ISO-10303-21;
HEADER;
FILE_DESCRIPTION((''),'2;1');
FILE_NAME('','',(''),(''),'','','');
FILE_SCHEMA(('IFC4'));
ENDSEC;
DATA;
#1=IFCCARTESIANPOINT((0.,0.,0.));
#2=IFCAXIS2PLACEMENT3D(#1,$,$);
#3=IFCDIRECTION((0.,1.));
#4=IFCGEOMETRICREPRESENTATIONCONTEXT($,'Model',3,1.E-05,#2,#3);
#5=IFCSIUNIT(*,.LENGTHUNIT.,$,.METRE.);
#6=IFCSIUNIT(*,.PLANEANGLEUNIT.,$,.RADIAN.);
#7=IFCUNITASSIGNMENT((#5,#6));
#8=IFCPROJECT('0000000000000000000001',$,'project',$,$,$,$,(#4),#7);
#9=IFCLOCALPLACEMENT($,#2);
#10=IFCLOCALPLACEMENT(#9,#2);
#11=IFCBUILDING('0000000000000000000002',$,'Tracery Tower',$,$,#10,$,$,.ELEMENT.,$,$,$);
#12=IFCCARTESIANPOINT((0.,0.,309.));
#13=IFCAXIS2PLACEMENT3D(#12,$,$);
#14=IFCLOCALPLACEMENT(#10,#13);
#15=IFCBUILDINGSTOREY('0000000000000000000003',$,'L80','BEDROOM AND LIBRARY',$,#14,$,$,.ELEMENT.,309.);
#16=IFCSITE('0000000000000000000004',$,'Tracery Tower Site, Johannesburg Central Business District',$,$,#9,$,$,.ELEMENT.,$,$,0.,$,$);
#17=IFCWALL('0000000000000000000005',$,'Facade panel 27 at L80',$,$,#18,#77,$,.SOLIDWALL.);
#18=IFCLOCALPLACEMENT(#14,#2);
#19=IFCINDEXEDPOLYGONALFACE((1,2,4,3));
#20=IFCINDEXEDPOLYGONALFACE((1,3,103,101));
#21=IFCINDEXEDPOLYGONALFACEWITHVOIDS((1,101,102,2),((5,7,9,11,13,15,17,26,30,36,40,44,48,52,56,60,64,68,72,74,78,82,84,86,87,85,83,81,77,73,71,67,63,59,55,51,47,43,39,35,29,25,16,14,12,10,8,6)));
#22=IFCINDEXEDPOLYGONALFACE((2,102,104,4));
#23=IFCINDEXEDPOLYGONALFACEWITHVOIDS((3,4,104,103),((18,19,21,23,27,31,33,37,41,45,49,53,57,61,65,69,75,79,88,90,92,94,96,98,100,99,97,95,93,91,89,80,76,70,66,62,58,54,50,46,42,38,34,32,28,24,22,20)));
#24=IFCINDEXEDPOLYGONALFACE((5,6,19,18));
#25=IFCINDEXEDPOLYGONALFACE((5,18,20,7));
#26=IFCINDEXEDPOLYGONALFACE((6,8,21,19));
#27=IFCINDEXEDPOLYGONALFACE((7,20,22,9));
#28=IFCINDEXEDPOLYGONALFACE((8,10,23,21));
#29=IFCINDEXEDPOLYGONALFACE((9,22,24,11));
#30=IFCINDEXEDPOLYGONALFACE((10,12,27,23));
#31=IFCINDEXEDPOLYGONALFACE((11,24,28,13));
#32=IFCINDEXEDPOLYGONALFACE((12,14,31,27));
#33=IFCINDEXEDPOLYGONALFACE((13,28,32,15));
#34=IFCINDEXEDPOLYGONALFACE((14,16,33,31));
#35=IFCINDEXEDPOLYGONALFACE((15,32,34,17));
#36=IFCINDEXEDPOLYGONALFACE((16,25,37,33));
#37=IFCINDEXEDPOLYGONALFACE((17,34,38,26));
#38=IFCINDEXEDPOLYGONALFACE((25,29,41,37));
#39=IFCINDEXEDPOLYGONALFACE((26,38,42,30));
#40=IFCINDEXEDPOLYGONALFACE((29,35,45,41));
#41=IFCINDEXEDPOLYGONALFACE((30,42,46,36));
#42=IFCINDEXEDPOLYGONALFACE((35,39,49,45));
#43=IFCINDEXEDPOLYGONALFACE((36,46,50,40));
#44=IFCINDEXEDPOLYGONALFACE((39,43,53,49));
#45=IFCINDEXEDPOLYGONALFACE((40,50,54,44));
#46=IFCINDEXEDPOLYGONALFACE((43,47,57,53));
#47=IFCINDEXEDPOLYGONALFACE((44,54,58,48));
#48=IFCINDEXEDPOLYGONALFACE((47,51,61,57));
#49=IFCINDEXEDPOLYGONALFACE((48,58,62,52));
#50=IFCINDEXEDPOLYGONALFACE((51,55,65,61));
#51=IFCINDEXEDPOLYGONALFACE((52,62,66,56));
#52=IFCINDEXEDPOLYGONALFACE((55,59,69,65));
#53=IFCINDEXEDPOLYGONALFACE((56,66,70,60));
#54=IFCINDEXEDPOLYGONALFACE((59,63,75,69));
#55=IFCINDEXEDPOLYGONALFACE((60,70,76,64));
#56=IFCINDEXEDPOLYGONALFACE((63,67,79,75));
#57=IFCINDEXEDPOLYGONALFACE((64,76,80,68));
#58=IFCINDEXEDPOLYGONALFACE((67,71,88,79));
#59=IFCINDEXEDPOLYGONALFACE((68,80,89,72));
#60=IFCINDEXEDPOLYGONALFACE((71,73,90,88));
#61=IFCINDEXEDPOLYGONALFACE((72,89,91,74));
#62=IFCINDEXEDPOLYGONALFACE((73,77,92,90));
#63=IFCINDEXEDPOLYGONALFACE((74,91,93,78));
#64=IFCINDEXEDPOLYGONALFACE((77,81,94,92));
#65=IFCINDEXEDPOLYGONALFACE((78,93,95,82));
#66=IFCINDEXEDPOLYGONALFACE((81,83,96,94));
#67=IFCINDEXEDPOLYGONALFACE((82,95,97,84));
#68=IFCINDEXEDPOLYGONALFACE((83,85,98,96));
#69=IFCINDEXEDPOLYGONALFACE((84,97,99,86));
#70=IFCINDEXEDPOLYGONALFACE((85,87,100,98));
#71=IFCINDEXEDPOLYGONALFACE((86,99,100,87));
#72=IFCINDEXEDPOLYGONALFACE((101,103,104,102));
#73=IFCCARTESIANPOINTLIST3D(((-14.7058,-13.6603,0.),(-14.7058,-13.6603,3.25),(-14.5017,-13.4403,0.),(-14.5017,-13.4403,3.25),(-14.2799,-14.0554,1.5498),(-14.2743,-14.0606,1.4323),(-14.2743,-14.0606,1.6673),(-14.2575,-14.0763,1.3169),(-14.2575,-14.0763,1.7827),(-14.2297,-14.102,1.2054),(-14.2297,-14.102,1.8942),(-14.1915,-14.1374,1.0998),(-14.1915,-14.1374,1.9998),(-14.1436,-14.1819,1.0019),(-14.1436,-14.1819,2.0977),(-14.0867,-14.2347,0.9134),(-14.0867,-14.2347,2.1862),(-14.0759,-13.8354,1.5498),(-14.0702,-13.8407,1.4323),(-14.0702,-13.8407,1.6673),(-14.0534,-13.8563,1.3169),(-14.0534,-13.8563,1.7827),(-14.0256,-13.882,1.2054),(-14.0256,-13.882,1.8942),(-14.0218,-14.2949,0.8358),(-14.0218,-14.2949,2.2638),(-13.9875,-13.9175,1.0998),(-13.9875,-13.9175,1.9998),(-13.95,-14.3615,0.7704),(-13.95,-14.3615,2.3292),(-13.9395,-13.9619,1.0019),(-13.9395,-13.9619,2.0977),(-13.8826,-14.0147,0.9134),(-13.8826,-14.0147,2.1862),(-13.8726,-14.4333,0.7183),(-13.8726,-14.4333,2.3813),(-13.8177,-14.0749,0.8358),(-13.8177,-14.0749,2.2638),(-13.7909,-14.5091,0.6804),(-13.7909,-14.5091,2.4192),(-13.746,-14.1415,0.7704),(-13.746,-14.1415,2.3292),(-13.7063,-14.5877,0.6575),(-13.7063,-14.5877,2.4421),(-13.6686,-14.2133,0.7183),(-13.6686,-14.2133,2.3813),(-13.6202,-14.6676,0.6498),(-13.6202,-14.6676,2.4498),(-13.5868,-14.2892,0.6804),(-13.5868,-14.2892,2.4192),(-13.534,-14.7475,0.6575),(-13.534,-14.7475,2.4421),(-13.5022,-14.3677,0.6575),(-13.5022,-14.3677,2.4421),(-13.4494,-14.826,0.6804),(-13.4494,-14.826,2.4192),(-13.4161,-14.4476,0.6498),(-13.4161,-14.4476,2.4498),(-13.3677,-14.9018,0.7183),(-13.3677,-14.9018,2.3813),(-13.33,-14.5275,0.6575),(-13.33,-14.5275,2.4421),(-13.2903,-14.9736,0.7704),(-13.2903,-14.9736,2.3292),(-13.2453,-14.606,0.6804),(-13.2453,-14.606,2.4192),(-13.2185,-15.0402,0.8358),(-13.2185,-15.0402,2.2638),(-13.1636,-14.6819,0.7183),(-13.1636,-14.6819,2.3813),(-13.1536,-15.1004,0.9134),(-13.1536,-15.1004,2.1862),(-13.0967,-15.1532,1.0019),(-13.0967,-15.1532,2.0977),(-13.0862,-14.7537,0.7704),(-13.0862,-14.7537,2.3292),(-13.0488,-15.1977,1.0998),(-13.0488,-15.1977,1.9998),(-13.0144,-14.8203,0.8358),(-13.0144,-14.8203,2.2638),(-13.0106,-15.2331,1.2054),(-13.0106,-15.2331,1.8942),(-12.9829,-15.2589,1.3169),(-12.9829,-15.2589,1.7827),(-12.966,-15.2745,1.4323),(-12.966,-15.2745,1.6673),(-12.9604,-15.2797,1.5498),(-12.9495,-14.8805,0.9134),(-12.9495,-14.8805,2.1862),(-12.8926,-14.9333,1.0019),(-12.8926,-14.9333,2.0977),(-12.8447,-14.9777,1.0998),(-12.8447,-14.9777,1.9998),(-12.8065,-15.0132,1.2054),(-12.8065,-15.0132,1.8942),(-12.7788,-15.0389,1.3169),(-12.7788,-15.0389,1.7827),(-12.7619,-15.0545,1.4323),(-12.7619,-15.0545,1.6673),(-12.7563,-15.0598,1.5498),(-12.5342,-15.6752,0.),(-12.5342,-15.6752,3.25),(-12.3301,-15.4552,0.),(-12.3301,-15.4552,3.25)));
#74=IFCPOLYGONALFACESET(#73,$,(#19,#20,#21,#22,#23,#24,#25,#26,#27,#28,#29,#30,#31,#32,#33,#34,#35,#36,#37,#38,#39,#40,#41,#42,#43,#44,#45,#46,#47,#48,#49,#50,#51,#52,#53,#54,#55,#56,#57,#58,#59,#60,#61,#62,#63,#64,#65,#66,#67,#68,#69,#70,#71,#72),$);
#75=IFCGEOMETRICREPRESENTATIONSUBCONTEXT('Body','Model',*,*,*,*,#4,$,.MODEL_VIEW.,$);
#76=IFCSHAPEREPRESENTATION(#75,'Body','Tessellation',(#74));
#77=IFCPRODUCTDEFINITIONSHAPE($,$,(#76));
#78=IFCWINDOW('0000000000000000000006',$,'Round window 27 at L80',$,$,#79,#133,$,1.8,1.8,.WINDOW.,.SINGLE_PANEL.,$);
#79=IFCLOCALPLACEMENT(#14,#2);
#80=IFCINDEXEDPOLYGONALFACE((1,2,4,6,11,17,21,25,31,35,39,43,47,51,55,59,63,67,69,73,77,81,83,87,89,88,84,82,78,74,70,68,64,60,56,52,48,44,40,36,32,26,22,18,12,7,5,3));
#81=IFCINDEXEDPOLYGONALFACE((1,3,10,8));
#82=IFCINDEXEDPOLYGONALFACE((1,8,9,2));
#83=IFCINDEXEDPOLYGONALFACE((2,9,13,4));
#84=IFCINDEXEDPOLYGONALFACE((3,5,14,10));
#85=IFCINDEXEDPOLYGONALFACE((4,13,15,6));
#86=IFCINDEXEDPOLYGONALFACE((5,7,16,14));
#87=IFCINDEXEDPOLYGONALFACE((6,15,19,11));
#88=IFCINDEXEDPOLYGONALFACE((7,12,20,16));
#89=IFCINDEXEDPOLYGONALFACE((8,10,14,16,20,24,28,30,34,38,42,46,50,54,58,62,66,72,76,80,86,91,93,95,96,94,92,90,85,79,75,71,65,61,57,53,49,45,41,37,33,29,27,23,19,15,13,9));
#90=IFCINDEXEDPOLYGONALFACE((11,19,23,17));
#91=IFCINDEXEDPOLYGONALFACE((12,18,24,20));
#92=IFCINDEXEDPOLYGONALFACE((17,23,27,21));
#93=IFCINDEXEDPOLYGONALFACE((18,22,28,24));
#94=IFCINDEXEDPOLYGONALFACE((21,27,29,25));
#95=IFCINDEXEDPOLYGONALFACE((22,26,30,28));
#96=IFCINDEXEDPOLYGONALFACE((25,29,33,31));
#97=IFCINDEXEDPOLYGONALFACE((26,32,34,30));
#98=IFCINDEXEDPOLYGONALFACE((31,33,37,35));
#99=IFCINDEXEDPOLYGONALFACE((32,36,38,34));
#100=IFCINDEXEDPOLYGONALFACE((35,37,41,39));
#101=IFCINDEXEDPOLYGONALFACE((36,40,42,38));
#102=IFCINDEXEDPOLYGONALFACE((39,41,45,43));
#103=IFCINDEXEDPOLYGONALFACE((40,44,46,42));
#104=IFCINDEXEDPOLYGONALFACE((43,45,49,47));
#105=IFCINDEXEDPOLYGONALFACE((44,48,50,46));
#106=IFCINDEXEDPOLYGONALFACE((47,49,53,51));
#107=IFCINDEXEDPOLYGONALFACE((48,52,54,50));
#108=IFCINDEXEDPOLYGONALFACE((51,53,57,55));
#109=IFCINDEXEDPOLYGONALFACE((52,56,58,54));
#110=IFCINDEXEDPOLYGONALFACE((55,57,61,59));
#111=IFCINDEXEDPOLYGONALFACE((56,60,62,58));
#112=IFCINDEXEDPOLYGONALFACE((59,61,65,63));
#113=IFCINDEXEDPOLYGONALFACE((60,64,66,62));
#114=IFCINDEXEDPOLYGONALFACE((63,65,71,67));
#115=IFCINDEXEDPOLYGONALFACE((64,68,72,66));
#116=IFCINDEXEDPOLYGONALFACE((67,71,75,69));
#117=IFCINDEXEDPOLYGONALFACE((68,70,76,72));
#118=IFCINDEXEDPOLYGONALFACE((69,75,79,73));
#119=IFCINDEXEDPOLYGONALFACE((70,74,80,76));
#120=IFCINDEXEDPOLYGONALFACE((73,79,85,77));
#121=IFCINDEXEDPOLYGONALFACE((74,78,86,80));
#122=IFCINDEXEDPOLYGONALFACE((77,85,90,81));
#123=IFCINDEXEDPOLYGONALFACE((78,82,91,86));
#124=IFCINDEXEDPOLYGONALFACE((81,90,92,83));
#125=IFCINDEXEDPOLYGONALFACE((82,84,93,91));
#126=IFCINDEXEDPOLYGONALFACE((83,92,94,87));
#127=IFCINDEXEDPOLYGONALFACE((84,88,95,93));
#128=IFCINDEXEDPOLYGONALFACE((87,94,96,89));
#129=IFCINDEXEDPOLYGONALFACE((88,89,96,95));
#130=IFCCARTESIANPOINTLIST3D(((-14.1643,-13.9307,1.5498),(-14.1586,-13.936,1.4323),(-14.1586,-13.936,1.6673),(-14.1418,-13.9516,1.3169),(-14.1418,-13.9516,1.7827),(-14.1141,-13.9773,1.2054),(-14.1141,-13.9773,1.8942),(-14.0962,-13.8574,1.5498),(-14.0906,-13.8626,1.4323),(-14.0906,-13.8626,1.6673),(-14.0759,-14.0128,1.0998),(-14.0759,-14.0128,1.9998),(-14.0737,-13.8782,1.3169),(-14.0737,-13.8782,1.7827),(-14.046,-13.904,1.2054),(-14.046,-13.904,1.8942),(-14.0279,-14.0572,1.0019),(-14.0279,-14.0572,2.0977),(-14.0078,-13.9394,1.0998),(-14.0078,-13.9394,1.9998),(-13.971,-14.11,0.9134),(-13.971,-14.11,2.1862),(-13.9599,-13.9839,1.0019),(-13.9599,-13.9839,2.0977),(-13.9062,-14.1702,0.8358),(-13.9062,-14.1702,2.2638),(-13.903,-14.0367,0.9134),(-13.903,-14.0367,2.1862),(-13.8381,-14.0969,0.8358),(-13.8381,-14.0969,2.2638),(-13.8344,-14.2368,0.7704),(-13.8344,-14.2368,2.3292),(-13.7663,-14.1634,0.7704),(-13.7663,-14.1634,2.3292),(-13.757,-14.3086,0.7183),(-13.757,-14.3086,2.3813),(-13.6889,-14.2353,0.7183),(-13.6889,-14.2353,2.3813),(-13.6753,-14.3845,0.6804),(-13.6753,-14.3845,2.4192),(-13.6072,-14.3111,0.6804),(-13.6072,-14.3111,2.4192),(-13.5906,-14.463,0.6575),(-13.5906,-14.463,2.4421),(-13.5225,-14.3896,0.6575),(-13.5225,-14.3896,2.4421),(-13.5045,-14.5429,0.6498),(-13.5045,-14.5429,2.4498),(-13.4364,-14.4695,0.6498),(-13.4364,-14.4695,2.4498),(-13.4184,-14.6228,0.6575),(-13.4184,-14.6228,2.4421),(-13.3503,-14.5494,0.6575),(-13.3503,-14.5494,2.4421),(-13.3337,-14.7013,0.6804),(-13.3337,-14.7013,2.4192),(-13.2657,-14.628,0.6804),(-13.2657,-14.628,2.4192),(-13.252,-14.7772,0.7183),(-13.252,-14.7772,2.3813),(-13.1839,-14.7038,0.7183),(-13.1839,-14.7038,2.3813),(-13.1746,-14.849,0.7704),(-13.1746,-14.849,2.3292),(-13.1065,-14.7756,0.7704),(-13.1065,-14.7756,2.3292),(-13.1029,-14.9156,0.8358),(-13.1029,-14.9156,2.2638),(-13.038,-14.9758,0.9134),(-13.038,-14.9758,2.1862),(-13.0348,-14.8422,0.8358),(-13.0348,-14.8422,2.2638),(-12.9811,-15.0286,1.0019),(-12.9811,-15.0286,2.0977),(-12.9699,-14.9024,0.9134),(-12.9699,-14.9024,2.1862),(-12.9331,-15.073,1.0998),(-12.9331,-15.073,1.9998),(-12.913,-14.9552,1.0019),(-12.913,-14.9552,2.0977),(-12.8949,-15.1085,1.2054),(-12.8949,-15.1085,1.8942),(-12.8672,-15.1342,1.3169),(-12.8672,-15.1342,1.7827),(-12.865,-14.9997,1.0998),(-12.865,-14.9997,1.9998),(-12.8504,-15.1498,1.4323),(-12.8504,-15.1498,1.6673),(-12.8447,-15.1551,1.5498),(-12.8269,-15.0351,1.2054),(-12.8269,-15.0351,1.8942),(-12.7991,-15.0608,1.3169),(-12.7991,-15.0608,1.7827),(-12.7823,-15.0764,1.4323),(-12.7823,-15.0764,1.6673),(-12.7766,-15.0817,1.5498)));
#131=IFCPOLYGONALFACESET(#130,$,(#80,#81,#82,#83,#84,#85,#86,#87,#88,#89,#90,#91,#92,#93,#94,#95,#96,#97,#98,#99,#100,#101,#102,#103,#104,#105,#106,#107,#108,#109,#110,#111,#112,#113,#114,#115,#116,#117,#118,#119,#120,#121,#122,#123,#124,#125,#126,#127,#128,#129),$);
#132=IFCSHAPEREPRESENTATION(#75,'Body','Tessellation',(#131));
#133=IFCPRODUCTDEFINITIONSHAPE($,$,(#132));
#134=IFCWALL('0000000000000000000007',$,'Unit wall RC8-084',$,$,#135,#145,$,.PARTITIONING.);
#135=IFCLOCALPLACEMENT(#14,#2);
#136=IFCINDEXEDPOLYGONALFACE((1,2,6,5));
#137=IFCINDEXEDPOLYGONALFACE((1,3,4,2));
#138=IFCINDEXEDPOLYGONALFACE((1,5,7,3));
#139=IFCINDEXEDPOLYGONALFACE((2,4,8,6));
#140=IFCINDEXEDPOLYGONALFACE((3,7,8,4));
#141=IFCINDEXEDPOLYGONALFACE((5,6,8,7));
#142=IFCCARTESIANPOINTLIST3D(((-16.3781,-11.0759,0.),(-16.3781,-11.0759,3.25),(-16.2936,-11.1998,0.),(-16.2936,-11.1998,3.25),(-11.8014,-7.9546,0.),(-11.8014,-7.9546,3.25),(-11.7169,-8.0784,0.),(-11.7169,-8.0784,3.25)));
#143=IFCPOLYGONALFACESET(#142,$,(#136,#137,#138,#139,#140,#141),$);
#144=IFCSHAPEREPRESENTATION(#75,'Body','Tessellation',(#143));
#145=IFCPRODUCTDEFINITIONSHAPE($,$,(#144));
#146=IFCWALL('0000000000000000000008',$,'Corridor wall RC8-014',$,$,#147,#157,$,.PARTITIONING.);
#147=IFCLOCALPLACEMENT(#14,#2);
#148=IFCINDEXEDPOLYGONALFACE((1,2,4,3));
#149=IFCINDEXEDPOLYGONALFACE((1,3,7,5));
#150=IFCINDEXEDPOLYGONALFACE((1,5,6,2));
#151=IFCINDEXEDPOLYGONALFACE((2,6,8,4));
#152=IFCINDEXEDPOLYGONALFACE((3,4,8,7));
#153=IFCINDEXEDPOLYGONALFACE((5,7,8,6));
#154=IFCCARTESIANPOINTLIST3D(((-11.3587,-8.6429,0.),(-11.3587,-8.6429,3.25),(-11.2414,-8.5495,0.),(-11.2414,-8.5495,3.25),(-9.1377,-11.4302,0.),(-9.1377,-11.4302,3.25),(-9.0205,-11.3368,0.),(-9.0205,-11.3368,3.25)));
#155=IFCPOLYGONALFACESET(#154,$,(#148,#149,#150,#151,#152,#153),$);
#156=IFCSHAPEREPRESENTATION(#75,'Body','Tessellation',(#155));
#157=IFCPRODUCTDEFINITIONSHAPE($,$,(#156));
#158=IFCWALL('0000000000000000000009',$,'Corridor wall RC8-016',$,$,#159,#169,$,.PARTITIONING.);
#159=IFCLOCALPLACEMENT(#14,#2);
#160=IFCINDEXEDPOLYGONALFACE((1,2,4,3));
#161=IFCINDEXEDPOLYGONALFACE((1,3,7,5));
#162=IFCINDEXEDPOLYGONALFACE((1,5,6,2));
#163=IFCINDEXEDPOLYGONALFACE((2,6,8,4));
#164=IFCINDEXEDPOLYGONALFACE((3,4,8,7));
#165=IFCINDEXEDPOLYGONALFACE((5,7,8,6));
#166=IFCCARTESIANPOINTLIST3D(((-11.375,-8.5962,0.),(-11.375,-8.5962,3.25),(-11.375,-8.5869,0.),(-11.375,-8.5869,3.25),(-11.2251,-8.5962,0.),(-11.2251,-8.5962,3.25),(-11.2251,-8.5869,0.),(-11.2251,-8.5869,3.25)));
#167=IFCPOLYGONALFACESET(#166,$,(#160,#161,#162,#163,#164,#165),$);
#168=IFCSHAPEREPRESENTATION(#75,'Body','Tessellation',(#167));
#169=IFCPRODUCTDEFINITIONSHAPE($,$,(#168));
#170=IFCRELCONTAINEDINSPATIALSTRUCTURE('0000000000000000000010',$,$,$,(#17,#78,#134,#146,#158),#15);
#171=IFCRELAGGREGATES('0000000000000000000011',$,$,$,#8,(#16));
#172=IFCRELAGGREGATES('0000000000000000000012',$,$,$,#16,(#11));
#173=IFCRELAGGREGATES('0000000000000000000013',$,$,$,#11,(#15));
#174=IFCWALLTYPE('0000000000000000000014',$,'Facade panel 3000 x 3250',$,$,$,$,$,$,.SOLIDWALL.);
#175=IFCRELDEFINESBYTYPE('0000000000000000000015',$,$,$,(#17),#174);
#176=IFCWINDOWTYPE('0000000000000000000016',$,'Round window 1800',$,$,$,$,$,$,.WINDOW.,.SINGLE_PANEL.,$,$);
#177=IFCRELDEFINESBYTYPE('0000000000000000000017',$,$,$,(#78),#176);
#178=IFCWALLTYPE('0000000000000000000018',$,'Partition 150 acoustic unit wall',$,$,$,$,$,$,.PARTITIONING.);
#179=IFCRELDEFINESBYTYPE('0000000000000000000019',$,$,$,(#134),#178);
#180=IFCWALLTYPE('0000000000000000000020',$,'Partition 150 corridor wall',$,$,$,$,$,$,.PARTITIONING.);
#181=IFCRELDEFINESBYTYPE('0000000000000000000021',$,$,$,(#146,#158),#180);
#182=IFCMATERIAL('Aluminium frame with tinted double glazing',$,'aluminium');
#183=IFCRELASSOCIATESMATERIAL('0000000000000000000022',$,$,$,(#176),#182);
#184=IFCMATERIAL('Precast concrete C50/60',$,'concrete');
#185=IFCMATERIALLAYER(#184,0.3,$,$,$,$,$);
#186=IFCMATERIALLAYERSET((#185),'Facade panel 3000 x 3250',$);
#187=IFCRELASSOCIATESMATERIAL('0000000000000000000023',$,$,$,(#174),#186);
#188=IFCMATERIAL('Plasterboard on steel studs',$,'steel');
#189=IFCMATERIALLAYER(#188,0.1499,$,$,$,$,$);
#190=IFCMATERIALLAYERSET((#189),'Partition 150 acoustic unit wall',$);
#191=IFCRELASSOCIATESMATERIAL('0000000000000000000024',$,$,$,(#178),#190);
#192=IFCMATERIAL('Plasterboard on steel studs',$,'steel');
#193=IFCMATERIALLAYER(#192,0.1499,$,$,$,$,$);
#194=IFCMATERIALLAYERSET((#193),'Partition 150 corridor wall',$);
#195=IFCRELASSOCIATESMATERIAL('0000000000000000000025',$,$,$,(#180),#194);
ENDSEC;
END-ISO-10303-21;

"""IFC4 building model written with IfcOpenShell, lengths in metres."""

from ifc_helpers import new_model, si_unit, direction, frame, frame_2d, origin, origin_2d, place, context, subcontext, project, spatial, rectangle, circle, extrude, material, layer, layer_set, type_object, element, fill, save


model = new_model("IFC4")

# Units and contexts
model_context = context("Model", 3, precision=1e-05, world=origin(), true_north=direction((0.0, 1.0)))
body_context = subcontext(model_context, "Body", "Model", "MODEL_VIEW")
ifc_project = project(units=[si_unit("LENGTHUNIT", "METRE"), si_unit("PLANEANGLEUNIT", "RADIAN")], contexts=[model_context])

# Site, building, storey
site_placement = place(None, origin())
site = spatial("IfcSite", under=ifc_project, at=site_placement, Name="Tracery Tower Site, Johannesburg Central Business District", CompositionType="ELEMENT", RefElevation=0.0)
building_placement = place(site_placement, origin())
building = spatial("IfcBuilding", under=site, at=building_placement, Name="Tracery Tower", CompositionType="ELEMENT")
storey_placement = place(building_placement, frame((0.0, 0.0, 309.0)))
storey = spatial("IfcBuildingStorey", under=building, at=storey_placement, Name="L80", Description="BEDROOM AND LIBRARY", CompositionType="ELEMENT", Elevation=309.0)

# Wall, opening, window
ifc_material_1 = material(Name="Aluminium frame with tinted double glazing", Category="aluminium")
window_type = type_object("IfcWindowType", Name="Round window 1800", PartitioningType="SINGLE_PANEL", PredefinedType="WINDOW", material=ifc_material_1)
ifc_material_2 = material(Name="Precast concrete C50/60", Category="concrete")
ifc_layer_1 = layer(ifc_material_2, 0.3)
ifc_layer_set_1 = layer_set([ifc_layer_1], Name="Facade panel 3000 x 3250")
wall_type_1 = type_object("IfcWallType", Name="Facade panel 3000 x 3250", PredefinedType="SOLIDWALL", material=ifc_layer_set_1)
wall_1_placement = place(storey_placement, frame((-14.6038, -13.5503, 0.0), z_axis=(0.0, 0.0, 1.0), x_axis=(0.733066, -0.680157, 0.0)))
wall_1 = element("IfcWall", 1, at=wall_1_placement, inside=storey, type_object=wall_type_1, Name="Facade panel 27 at L80", PredefinedType="SOLIDWALL", context=body_context, shape_type="SweptSolid", body=[
    extrude(rectangle(XDim=2.9624, YDim=0.3, at=frame_2d((1.4812, 0.0))), origin(), (0.0, 0.0, 1.0), 3.25),
])
opening_1_placement = place(wall_1_placement, frame((1.481, 0.0, 1.5498)))
opening_1 = element("IfcOpeningElement", 2, at=opening_1_placement, cuts=wall_1, PredefinedType="OPENING", context=body_context, shape_type="SweptSolid", body=[
    extrude(circle(Radius=0.9, at=origin_2d()), frame((0.0, 0.1599, 0.0), z_axis=(0.0, -1.0, 0.0), x_axis=(1.0, 0.0, 0.0)), (0.0, 0.0, 1.0), 0.3201),
])
window_1_placement = place(opening_1_placement, origin())
window_1 = element("IfcWindow", 3, at=window_1_placement, inside=storey, type_object=window_type, Name="Round window 27 at L80", OverallHeight=1.8, OverallWidth=1.8, PartitioningType="SINGLE_PANEL", PredefinedType="WINDOW", context=body_context, shape_type="SweptSolid", body=[
    extrude(circle(Radius=0.9, at=origin_2d()), frame((0.0, 0.1201, 0.0), z_axis=(0.0, -1.0, 0.0), x_axis=(1.0, 0.0, 0.0)), (0.0, 0.0, 1.0), 0.1001),
])
fill(opening_1, window_1)

# Walls
ifc_material_3 = material(Name="Plasterboard on steel studs", Category="steel")
ifc_layer_2 = layer(ifc_material_3, 0.1499)
ifc_layer_set_2 = layer_set([ifc_layer_2], Name="Partition 150 acoustic unit wall")
wall_type_2 = type_object("IfcWallType", Name="Partition 150 acoustic unit wall", PredefinedType="PARTITIONING", material=ifc_layer_set_2)
wall_2_placement = place(storey_placement, frame((-16.3359, -11.1379, 0.0), z_axis=(0.0, 0.0, 1.0), x_axis=(0.826153, 0.563446, 0.0)))
element("IfcWall", 4, at=wall_2_placement, inside=storey, type_object=wall_type_2, Name="Unit wall RC8-084", PredefinedType="PARTITIONING", context=body_context, shape_type="SweptSolid", body=[
    extrude(rectangle(XDim=5.5398, YDim=0.1499, at=frame_2d((2.77, 0.0))), origin(), (0.0, 0.0, 1.0), 3.25),
])
ifc_material_4 = material(Name="Plasterboard on steel studs", Category="steel")
ifc_layer_3 = layer(ifc_material_4, 0.1499)
ifc_layer_set_3 = layer_set([ifc_layer_3], Name="Partition 150 corridor wall")
wall_type_3 = type_object("IfcWallType", Name="Partition 150 corridor wall", PredefinedType="PARTITIONING", material=ifc_layer_set_3)
wall_3_placement = place(storey_placement, frame((-11.3, -8.5962, 0.0), z_axis=(0.0, 0.0, 1.0), x_axis=(0.623165, -0.78209, 0.0)))
element("IfcWall", 5, at=wall_3_placement, inside=storey, type_object=wall_type_3, Name="Corridor wall RC8-014", PredefinedType="PARTITIONING", context=body_context, shape_type="SweptSolid", body=[
    extrude(rectangle(XDim=3.564, YDim=0.1499, at=frame_2d((1.782, 0.0))), origin(), (0.0, 0.0, 1.0), 3.25),
])
wall_4_placement = place(storey_placement, frame((-11.3, -8.5962, 0.0), z_axis=(0.0, 0.0, 1.0), x_axis=(0.0, 1.0, 0.0)))
element("IfcWall", 6, at=wall_4_placement, inside=storey, type_object=wall_type_3, Name="Corridor wall RC8-016", PredefinedType="PARTITIONING", context=body_context, shape_type="SweptSolid", body=[
    extrude(rectangle(XDim=0.0093, YDim=0.1499, at=frame_2d((0.0046, 0.0))), origin(), (0.0, 0.0, 1.0), 3.25),
])

save(model, "model.ifc")
